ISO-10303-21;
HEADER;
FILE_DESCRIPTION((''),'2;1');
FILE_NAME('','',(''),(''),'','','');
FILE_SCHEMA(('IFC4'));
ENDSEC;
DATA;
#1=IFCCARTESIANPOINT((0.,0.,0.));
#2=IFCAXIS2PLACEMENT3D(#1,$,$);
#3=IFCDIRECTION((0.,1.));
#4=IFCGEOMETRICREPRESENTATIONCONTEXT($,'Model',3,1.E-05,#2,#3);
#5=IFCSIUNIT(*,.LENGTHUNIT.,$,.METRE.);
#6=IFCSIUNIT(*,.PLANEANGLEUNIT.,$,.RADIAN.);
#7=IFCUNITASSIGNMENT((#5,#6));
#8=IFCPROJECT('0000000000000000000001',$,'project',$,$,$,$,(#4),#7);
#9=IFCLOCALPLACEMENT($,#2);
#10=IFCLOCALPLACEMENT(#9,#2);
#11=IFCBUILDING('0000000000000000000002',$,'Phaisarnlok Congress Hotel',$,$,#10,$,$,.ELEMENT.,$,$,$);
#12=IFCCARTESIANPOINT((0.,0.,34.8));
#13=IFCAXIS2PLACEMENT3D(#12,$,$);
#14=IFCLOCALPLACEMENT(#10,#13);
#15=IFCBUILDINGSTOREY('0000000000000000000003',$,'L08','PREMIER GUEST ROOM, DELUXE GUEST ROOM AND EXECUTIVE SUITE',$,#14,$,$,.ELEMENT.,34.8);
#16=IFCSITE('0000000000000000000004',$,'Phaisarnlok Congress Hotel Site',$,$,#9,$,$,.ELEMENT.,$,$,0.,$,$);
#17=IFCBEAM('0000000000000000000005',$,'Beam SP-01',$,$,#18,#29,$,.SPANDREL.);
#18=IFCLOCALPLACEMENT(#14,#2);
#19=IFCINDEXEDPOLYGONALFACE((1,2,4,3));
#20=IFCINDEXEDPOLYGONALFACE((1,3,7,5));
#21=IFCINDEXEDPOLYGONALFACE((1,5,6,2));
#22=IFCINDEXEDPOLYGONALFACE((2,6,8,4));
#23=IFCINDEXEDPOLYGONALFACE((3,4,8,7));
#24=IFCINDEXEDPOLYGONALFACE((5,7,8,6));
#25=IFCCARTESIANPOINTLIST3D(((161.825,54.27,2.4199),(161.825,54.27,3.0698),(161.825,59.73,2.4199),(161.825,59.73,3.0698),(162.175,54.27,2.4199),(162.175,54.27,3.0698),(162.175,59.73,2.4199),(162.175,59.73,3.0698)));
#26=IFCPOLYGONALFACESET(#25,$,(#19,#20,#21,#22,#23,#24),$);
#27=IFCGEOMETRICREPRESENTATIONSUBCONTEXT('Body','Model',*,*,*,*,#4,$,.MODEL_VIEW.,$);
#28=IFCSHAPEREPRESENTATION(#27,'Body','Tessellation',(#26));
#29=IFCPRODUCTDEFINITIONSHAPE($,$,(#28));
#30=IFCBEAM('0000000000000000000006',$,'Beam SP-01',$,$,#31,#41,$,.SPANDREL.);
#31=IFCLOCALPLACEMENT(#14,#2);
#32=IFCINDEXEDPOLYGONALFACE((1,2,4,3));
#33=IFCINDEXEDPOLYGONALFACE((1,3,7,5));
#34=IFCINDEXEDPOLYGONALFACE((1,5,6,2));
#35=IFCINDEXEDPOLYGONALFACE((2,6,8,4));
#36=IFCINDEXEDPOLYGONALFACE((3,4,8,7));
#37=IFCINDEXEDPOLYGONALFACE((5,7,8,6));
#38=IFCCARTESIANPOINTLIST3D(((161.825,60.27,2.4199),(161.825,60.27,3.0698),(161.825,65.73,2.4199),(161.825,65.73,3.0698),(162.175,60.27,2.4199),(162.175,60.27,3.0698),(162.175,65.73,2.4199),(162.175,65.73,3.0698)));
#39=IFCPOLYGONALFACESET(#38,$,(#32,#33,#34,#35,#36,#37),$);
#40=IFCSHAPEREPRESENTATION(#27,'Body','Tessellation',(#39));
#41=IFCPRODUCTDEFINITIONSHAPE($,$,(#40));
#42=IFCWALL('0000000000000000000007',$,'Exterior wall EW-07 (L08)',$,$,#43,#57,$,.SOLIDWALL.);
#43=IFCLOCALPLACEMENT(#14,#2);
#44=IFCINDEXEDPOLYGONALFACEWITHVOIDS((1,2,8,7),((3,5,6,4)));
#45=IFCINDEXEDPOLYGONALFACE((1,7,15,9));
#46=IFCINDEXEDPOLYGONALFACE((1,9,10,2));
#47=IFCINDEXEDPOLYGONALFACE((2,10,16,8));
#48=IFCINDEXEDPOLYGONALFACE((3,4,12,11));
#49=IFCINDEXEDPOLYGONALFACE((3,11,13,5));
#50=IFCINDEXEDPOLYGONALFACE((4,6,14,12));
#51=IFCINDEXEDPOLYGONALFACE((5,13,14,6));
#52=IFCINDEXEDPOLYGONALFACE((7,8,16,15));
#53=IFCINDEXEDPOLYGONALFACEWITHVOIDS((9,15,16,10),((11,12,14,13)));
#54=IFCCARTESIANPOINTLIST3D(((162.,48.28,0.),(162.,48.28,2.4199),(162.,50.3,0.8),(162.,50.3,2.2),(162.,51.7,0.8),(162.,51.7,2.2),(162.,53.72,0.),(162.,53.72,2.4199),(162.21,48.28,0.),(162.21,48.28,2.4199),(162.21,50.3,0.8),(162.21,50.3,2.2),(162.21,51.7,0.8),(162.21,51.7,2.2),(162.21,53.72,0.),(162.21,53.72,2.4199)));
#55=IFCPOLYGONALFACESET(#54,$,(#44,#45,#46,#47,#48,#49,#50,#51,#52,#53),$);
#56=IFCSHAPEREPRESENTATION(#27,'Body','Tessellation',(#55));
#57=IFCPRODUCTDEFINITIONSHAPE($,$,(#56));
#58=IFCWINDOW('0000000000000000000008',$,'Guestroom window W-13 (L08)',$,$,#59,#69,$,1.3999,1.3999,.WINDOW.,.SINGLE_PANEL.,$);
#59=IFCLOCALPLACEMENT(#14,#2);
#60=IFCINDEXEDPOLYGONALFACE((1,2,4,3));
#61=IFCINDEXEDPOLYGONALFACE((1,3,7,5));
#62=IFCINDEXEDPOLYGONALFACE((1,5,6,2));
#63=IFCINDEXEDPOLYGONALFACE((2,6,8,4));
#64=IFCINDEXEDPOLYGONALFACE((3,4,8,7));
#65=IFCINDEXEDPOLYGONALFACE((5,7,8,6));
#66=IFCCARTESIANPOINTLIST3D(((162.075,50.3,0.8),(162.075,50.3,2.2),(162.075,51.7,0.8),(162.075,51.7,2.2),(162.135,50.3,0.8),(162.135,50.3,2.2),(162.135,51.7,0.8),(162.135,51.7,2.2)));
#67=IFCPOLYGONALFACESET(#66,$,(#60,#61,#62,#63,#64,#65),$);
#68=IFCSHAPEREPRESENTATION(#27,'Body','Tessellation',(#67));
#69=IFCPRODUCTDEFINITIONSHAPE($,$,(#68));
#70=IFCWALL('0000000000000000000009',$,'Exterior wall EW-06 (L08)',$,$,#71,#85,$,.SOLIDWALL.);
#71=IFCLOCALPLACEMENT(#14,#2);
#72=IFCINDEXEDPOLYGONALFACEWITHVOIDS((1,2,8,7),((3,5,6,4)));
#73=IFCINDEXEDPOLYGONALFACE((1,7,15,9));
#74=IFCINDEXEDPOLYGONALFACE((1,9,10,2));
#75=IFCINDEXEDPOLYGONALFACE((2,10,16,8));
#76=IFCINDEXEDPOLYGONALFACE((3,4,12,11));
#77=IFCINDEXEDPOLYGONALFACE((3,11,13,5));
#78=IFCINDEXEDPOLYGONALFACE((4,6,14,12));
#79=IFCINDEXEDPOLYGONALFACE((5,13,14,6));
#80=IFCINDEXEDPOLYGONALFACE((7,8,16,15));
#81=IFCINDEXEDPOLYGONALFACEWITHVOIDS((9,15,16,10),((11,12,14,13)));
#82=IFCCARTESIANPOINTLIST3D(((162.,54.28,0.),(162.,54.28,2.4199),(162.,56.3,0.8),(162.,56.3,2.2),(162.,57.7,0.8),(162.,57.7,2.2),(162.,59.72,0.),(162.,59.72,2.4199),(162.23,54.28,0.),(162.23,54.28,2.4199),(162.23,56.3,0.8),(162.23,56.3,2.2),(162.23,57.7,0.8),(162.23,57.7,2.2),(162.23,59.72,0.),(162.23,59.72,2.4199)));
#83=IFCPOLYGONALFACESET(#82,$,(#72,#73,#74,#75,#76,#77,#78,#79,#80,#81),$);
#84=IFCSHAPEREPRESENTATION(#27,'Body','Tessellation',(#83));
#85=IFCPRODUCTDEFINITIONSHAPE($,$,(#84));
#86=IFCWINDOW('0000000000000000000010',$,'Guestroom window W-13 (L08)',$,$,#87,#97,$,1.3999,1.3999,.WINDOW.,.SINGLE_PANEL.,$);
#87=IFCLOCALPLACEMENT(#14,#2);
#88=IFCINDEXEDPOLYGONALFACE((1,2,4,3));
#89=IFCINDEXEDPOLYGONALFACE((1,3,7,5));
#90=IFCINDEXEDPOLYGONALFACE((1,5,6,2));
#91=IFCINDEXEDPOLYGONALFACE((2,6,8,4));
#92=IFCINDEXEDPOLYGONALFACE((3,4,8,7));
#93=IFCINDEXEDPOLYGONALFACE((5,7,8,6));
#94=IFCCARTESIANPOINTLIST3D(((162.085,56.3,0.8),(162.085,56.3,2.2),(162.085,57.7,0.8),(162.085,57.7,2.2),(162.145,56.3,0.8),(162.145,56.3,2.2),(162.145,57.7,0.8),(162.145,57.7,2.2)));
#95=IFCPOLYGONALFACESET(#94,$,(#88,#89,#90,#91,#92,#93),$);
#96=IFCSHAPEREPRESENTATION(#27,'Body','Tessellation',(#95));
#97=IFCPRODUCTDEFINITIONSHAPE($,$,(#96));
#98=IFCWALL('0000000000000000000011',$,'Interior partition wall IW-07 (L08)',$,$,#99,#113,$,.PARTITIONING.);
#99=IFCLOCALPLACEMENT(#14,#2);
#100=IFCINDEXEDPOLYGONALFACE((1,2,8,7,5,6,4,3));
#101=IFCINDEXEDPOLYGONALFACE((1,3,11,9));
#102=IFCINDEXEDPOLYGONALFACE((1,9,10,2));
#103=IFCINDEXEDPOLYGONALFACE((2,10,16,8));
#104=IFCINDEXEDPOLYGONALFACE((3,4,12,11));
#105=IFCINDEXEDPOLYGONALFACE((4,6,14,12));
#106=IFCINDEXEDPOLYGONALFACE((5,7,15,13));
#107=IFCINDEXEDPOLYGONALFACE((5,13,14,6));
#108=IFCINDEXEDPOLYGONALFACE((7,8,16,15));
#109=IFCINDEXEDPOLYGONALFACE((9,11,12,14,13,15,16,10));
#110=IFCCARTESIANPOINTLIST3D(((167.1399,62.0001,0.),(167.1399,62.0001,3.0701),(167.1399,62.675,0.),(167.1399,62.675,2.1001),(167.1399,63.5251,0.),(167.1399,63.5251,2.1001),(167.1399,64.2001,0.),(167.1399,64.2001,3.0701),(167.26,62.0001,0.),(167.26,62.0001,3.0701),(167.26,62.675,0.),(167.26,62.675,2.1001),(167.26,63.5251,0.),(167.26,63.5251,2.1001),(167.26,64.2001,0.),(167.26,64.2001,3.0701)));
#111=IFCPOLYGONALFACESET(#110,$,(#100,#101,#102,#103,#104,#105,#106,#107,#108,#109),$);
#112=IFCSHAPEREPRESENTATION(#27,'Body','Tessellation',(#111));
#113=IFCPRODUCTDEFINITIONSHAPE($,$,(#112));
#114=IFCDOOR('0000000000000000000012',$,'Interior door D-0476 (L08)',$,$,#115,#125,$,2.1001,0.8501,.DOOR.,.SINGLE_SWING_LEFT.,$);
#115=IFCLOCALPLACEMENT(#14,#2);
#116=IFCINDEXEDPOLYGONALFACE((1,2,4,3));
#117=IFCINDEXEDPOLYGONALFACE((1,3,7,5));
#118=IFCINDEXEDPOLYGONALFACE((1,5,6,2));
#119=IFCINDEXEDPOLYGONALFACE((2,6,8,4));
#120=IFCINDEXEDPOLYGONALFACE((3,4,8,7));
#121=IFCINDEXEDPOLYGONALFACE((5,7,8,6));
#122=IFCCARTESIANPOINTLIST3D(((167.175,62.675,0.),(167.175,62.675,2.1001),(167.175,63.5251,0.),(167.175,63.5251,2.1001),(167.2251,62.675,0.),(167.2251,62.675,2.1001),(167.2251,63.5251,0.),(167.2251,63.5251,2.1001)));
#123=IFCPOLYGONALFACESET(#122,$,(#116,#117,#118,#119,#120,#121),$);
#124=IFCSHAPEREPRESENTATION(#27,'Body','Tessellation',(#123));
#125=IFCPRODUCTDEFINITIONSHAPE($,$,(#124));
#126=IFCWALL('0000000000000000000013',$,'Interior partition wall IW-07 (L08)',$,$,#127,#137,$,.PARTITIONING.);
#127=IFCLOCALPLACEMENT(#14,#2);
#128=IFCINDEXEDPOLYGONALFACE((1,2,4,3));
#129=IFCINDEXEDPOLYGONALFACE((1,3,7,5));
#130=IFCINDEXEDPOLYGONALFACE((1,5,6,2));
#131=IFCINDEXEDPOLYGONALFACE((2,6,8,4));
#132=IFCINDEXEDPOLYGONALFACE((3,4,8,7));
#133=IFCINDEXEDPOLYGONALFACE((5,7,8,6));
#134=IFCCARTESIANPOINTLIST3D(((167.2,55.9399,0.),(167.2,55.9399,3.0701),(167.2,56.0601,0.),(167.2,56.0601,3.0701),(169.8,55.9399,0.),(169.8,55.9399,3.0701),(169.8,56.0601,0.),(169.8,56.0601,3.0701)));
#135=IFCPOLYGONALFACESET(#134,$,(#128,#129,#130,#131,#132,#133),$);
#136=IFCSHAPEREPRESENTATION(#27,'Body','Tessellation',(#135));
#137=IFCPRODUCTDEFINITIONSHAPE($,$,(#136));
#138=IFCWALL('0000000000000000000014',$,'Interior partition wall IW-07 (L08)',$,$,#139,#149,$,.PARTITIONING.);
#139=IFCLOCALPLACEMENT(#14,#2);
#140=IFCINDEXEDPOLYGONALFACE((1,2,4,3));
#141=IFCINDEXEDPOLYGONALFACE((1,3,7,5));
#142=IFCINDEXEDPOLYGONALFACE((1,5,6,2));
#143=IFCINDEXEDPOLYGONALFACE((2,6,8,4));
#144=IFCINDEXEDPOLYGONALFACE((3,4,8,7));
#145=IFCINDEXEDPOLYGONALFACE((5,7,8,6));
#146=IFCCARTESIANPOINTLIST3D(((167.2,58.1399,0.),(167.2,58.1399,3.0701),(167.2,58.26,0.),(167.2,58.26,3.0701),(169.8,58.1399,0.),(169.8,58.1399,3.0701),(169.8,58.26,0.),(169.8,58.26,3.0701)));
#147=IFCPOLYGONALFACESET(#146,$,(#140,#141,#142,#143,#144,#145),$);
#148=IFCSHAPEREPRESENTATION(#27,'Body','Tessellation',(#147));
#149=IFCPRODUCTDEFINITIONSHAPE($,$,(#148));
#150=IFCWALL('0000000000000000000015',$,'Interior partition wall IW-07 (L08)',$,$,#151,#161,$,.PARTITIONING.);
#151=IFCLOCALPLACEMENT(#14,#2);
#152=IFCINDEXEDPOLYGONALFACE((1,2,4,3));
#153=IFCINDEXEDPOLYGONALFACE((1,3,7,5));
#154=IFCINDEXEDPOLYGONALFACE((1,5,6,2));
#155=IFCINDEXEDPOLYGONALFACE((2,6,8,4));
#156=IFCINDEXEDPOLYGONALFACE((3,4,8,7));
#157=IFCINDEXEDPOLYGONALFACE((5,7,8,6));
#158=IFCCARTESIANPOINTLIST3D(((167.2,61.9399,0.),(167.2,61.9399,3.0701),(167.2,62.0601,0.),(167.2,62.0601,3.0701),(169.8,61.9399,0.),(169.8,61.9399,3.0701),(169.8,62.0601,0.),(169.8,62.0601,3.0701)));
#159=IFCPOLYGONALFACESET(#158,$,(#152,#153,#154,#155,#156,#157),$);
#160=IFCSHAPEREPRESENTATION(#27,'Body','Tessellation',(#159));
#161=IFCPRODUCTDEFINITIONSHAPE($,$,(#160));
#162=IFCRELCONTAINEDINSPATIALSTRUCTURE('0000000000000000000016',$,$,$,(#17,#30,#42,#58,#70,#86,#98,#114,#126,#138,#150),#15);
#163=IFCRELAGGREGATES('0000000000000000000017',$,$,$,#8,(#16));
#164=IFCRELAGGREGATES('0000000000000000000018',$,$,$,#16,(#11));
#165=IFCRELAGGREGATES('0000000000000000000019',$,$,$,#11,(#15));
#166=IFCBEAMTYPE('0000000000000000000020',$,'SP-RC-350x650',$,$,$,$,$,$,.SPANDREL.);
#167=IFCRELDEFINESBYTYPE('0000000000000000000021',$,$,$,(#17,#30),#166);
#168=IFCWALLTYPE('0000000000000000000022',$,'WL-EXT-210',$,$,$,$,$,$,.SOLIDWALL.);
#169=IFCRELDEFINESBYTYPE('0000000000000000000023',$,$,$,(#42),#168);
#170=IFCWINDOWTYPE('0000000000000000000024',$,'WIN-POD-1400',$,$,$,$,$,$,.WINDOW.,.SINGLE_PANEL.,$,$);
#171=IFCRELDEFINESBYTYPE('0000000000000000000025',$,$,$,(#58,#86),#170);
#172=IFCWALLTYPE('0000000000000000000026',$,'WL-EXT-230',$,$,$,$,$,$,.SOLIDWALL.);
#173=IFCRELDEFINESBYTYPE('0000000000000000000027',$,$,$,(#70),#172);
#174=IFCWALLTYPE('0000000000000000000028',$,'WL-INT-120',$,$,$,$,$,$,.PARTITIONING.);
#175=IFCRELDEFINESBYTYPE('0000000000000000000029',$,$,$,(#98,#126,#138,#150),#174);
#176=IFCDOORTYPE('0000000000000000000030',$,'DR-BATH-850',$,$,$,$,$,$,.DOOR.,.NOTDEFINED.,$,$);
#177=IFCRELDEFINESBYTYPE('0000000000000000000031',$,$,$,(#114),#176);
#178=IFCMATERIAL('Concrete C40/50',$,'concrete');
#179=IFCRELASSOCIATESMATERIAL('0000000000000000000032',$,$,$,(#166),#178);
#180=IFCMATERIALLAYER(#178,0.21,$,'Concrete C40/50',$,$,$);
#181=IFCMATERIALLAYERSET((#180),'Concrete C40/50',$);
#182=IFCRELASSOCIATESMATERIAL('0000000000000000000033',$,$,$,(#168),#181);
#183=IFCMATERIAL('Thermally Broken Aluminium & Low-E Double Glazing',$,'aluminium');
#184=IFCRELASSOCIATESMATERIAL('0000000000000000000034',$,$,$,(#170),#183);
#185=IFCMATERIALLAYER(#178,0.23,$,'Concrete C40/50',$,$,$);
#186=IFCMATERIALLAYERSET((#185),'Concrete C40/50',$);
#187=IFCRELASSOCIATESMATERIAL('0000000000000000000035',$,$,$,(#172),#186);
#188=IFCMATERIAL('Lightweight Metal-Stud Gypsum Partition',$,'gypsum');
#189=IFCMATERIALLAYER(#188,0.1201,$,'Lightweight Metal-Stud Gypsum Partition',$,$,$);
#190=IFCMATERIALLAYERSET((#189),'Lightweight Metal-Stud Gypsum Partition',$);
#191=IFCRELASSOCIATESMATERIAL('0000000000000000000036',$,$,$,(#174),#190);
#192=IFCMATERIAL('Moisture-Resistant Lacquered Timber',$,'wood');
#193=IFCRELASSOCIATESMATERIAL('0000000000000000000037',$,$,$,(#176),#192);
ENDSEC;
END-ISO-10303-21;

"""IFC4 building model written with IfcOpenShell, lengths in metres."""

from ifc_helpers import new_model, si_unit, direction, frame, frame_2d, origin, origin_2d, place, context, subcontext, project, spatial, rectangle, extrude, material, layer, layer_set, material_profile, profile_set, type_object, element, fill, save


model = new_model("IFC4")

# Units and contexts
model_context = context("Model", 3, precision=1e-05, world=origin(), true_north=direction((0.0, 1.0)))
body_context = subcontext(model_context, "Body", "Model", "MODEL_VIEW")
ifc_project = project(units=[si_unit("LENGTHUNIT", "METRE"), si_unit("PLANEANGLEUNIT", "RADIAN")], contexts=[model_context])

# Site, building, storey
site_placement = place(None, origin())
site = spatial("IfcSite", under=ifc_project, at=site_placement, Name="Phaisarnlok Congress Hotel Site", CompositionType="ELEMENT", RefElevation=0.0)
building_placement = place(site_placement, origin())
building = spatial("IfcBuilding", under=site, at=building_placement, Name="Phaisarnlok Congress Hotel", CompositionType="ELEMENT")
storey_placement = place(building_placement, frame((0.0, 0.0, 34.8)))
storey = spatial("IfcBuildingStorey", under=building, at=storey_placement, Name="L08", Description="PREMIER GUEST ROOM, DELUXE GUEST ROOM AND EXECUTIVE SUITE", CompositionType="ELEMENT", Elevation=34.8)

# Beams
ifc_material_1 = material(Name="Concrete C40/50", Category="concrete")
ifc_material_profile_1 = material_profile(ifc_material_1, rectangle(XDim=0.3501, YDim=0.6499, at=origin_2d()), Name="RC 350x650")
ifc_profile_set_1 = profile_set([ifc_material_profile_1], Name="Concrete C40/50")
beam_type_1 = type_object("IfcBeamType", Name="SP-RC-350x650", PredefinedType="SPANDREL", material=ifc_profile_set_1)
for number, where, z_axis, x_axis, name in (
    (1, (162.0, 54.27, 2.7449), (0.0, 1.0, 0.0), (-1.0, 0.0, 0.0), "Beam SP-01"),
    (2, (162.0, 60.27, 2.7449), (0.0, 1.0, 0.0), (-1.0, 0.0, 0.0), "Beam SP-01"),
):
    element("IfcBeam", number, at=place(storey_placement, frame(where, z_axis=z_axis, x_axis=x_axis)), inside=storey, type_object=beam_type_1, Name=name, PredefinedType="SPANDREL", context=body_context, shape_type="SweptSolid", body=[
        extrude(rectangle(XDim=0.3501, YDim=0.6499, at=origin_2d()), origin(), (0.0, 0.0, 1.0), 5.46),
    ])

# Walls, openings, windows
ifc_layer_1 = layer(ifc_material_1, 0.21, Name="Concrete C40/50")
ifc_layer_set_1 = layer_set([ifc_layer_1], Name="Concrete C40/50")
wall_type_1 = type_object("IfcWallType", Name="WL-EXT-210", PredefinedType="SOLIDWALL", material=ifc_layer_set_1)
wall_1_placement = place(storey_placement, frame((162.105, 53.72, 0.0), z_axis=(0.0, 0.0, 1.0), x_axis=(0.0, -1.0, 0.0)))
wall_1 = element("IfcWall", 3, at=wall_1_placement, inside=storey, type_object=wall_type_1, Name="Exterior wall EW-07 (L08)", PredefinedType="SOLIDWALL", context=body_context, shape_type="SweptSolid", body=[
    extrude(rectangle(XDim=5.4399, YDim=0.21, at=frame_2d((2.72, 0.0))), origin(), (0.0, 0.0, 1.0), 2.4199),
])
opening_1_placement = place(wall_1_placement, frame((2.02, 0.0, 0.8)))
opening_1 = element("IfcOpeningElement", 4, at=opening_1_placement, cuts=wall_1, PredefinedType="OPENING", context=body_context, shape_type="SweptSolid", body=[
    extrude(rectangle(XDim=1.3999, YDim=1.3999, at=frame_2d((0.7, 0.7))), frame((0.0, 0.115, 0.0), z_axis=(0.0, -1.0, 0.0), x_axis=(1.0, 0.0, 0.0)), (0.0, 0.0, 1.0), 0.23),
])
ifc_material_2 = material(Name="Thermally Broken Aluminium & Low-E Double Glazing", Category="aluminium")
window_type = type_object("IfcWindowType", Name="WIN-POD-1400", PartitioningType="SINGLE_PANEL", PredefinedType="WINDOW", material=ifc_material_2)
window_1_placement = place(opening_1_placement, origin())
window_1 = element("IfcWindow", 5, at=window_1_placement, inside=storey, type_object=window_type, Name="Guestroom window W-13 (L08)", OverallHeight=1.3999, OverallWidth=1.3999, PartitioningType="SINGLE_PANEL", PredefinedType="WINDOW", context=body_context, shape_type="SweptSolid", body=[
    extrude(rectangle(XDim=1.3999, YDim=1.3999, at=frame_2d((0.7, 0.7))), frame((0.0, 0.03, 0.0), z_axis=(0.0, -1.0, 0.0), x_axis=(1.0, 0.0, 0.0)), (0.0, 0.0, 1.0), 0.0601),
])
fill(opening_1, window_1)
ifc_layer_2 = layer(ifc_material_1, 0.23, Name="Concrete C40/50")
ifc_layer_set_2 = layer_set([ifc_layer_2], Name="Concrete C40/50")
wall_type_2 = type_object("IfcWallType", Name="WL-EXT-230", PredefinedType="SOLIDWALL", material=ifc_layer_set_2)
wall_2_placement = place(storey_placement, frame((162.115, 59.72, 0.0), z_axis=(0.0, 0.0, 1.0), x_axis=(0.0, -1.0, 0.0)))
wall_2 = element("IfcWall", 6, at=wall_2_placement, inside=storey, type_object=wall_type_2, Name="Exterior wall EW-06 (L08)", PredefinedType="SOLIDWALL", context=body_context, shape_type="SweptSolid", body=[
    extrude(rectangle(XDim=5.4399, YDim=0.23, at=frame_2d((2.72, 0.0))), origin(), (0.0, 0.0, 1.0), 2.4199),
])
opening_2_placement = place(wall_2_placement, frame((2.02, 0.0, 0.8)))
opening_2 = element("IfcOpeningElement", 7, at=opening_2_placement, cuts=wall_2, PredefinedType="OPENING", context=body_context, shape_type="SweptSolid", body=[
    extrude(rectangle(XDim=1.3999, YDim=1.3999, at=frame_2d((0.7, 0.7))), frame((0.0, 0.125, 0.0), z_axis=(0.0, -1.0, 0.0), x_axis=(1.0, 0.0, 0.0)), (0.0, 0.0, 1.0), 0.25),
])
window_2_placement = place(opening_2_placement, origin())
window_2 = element("IfcWindow", 8, at=window_2_placement, inside=storey, type_object=window_type, Name="Guestroom window W-13 (L08)", OverallHeight=1.3999, OverallWidth=1.3999, PartitioningType="SINGLE_PANEL", PredefinedType="WINDOW", context=body_context, shape_type="SweptSolid", body=[
    extrude(rectangle(XDim=1.3999, YDim=1.3999, at=frame_2d((0.7, 0.7))), frame((0.0, 0.03, 0.0), z_axis=(0.0, -1.0, 0.0), x_axis=(1.0, 0.0, 0.0)), (0.0, 0.0, 1.0), 0.0601),
])
fill(opening_2, window_2)

# Wall, opening, door
ifc_material_3 = material(Name="Lightweight Metal-Stud Gypsum Partition", Category="gypsum")
ifc_layer_3 = layer(ifc_material_3, 0.1201, Name="Lightweight Metal-Stud Gypsum Partition")
ifc_layer_set_3 = layer_set([ifc_layer_3], Name="Lightweight Metal-Stud Gypsum Partition")
wall_type_3 = type_object("IfcWallType", Name="WL-INT-120", PredefinedType="PARTITIONING", material=ifc_layer_set_3)
wall_3_placement = place(storey_placement, frame((167.2, 62.0, 0.0), z_axis=(0.0, 0.0, 1.0), x_axis=(0.0, 1.0, 0.0)))
wall_3 = element("IfcWall", 9, at=wall_3_placement, inside=storey, type_object=wall_type_3, Name="Interior partition wall IW-07 (L08)", PredefinedType="PARTITIONING", context=body_context, shape_type="SweptSolid", body=[
    extrude(rectangle(XDim=2.2, YDim=0.1201, at=frame_2d((1.1001, 0.0))), origin(), (0.0, 0.0, 1.0), 3.0701),
])
opening_3_placement = place(wall_3_placement, frame((0.675, 0.0, 0.0)))
opening_3 = element("IfcOpeningElement", 10, at=opening_3_placement, cuts=wall_3, PredefinedType="OPENING", context=body_context, shape_type="SweptSolid", body=[
    extrude(rectangle(XDim=0.8501, YDim=2.1001, at=frame_2d((0.425, 1.05))), frame((0.0, 0.0701, 0.0), z_axis=(0.0, -1.0, 0.0), x_axis=(1.0, 0.0, 0.0)), (0.0, 0.0, 1.0), 0.1401),
])
ifc_material_4 = material(Name="Moisture-Resistant Lacquered Timber", Category="wood")
door_type = type_object("IfcDoorType", Name="DR-BATH-850", OperationType="NOTDEFINED", PredefinedType="DOOR", material=ifc_material_4)
door_1_placement = place(opening_3_placement, origin())
door_1 = element("IfcDoor", 11, at=door_1_placement, inside=storey, type_object=door_type, Name="Interior door D-0476 (L08)", OperationType="SINGLE_SWING_LEFT", OverallHeight=2.1001, OverallWidth=0.8501, PredefinedType="DOOR", context=body_context, shape_type="SweptSolid", body=[
    extrude(rectangle(XDim=0.8501, YDim=2.1001, at=frame_2d((0.425, 1.05))), frame((0.0, 0.0249, 0.0), z_axis=(0.0, -1.0, 0.0), x_axis=(1.0, 0.0, 0.0)), (0.0, 0.0, 1.0), 0.05),
])
fill(opening_3, door_1)

# Walls
for number, where, z_axis, x_axis, name in (
    (12, (167.2, 56.0, 0.0), (0.0, 0.0, 1.0), (1.0, 0.0, 0.0), "Interior partition wall IW-07 (L08)"),
    (13, (167.2, 58.2, 0.0), (0.0, 0.0, 1.0), (1.0, 0.0, 0.0), "Interior partition wall IW-07 (L08)"),
    (14, (167.2, 62.0, 0.0), (0.0, 0.0, 1.0), (1.0, 0.0, 0.0), "Interior partition wall IW-07 (L08)"),
):
    element("IfcWall", number, at=place(storey_placement, frame(where, z_axis=z_axis, x_axis=x_axis)), inside=storey, type_object=wall_type_3, Name=name, PredefinedType="PARTITIONING", context=body_context, shape_type="SweptSolid", body=[
        extrude(rectangle(XDim=2.6001, YDim=0.1201, at=frame_2d((1.3, 0.0))), origin(), (0.0, 0.0, 1.0), 3.0701),
    ])

save(model, "model.ifc")
